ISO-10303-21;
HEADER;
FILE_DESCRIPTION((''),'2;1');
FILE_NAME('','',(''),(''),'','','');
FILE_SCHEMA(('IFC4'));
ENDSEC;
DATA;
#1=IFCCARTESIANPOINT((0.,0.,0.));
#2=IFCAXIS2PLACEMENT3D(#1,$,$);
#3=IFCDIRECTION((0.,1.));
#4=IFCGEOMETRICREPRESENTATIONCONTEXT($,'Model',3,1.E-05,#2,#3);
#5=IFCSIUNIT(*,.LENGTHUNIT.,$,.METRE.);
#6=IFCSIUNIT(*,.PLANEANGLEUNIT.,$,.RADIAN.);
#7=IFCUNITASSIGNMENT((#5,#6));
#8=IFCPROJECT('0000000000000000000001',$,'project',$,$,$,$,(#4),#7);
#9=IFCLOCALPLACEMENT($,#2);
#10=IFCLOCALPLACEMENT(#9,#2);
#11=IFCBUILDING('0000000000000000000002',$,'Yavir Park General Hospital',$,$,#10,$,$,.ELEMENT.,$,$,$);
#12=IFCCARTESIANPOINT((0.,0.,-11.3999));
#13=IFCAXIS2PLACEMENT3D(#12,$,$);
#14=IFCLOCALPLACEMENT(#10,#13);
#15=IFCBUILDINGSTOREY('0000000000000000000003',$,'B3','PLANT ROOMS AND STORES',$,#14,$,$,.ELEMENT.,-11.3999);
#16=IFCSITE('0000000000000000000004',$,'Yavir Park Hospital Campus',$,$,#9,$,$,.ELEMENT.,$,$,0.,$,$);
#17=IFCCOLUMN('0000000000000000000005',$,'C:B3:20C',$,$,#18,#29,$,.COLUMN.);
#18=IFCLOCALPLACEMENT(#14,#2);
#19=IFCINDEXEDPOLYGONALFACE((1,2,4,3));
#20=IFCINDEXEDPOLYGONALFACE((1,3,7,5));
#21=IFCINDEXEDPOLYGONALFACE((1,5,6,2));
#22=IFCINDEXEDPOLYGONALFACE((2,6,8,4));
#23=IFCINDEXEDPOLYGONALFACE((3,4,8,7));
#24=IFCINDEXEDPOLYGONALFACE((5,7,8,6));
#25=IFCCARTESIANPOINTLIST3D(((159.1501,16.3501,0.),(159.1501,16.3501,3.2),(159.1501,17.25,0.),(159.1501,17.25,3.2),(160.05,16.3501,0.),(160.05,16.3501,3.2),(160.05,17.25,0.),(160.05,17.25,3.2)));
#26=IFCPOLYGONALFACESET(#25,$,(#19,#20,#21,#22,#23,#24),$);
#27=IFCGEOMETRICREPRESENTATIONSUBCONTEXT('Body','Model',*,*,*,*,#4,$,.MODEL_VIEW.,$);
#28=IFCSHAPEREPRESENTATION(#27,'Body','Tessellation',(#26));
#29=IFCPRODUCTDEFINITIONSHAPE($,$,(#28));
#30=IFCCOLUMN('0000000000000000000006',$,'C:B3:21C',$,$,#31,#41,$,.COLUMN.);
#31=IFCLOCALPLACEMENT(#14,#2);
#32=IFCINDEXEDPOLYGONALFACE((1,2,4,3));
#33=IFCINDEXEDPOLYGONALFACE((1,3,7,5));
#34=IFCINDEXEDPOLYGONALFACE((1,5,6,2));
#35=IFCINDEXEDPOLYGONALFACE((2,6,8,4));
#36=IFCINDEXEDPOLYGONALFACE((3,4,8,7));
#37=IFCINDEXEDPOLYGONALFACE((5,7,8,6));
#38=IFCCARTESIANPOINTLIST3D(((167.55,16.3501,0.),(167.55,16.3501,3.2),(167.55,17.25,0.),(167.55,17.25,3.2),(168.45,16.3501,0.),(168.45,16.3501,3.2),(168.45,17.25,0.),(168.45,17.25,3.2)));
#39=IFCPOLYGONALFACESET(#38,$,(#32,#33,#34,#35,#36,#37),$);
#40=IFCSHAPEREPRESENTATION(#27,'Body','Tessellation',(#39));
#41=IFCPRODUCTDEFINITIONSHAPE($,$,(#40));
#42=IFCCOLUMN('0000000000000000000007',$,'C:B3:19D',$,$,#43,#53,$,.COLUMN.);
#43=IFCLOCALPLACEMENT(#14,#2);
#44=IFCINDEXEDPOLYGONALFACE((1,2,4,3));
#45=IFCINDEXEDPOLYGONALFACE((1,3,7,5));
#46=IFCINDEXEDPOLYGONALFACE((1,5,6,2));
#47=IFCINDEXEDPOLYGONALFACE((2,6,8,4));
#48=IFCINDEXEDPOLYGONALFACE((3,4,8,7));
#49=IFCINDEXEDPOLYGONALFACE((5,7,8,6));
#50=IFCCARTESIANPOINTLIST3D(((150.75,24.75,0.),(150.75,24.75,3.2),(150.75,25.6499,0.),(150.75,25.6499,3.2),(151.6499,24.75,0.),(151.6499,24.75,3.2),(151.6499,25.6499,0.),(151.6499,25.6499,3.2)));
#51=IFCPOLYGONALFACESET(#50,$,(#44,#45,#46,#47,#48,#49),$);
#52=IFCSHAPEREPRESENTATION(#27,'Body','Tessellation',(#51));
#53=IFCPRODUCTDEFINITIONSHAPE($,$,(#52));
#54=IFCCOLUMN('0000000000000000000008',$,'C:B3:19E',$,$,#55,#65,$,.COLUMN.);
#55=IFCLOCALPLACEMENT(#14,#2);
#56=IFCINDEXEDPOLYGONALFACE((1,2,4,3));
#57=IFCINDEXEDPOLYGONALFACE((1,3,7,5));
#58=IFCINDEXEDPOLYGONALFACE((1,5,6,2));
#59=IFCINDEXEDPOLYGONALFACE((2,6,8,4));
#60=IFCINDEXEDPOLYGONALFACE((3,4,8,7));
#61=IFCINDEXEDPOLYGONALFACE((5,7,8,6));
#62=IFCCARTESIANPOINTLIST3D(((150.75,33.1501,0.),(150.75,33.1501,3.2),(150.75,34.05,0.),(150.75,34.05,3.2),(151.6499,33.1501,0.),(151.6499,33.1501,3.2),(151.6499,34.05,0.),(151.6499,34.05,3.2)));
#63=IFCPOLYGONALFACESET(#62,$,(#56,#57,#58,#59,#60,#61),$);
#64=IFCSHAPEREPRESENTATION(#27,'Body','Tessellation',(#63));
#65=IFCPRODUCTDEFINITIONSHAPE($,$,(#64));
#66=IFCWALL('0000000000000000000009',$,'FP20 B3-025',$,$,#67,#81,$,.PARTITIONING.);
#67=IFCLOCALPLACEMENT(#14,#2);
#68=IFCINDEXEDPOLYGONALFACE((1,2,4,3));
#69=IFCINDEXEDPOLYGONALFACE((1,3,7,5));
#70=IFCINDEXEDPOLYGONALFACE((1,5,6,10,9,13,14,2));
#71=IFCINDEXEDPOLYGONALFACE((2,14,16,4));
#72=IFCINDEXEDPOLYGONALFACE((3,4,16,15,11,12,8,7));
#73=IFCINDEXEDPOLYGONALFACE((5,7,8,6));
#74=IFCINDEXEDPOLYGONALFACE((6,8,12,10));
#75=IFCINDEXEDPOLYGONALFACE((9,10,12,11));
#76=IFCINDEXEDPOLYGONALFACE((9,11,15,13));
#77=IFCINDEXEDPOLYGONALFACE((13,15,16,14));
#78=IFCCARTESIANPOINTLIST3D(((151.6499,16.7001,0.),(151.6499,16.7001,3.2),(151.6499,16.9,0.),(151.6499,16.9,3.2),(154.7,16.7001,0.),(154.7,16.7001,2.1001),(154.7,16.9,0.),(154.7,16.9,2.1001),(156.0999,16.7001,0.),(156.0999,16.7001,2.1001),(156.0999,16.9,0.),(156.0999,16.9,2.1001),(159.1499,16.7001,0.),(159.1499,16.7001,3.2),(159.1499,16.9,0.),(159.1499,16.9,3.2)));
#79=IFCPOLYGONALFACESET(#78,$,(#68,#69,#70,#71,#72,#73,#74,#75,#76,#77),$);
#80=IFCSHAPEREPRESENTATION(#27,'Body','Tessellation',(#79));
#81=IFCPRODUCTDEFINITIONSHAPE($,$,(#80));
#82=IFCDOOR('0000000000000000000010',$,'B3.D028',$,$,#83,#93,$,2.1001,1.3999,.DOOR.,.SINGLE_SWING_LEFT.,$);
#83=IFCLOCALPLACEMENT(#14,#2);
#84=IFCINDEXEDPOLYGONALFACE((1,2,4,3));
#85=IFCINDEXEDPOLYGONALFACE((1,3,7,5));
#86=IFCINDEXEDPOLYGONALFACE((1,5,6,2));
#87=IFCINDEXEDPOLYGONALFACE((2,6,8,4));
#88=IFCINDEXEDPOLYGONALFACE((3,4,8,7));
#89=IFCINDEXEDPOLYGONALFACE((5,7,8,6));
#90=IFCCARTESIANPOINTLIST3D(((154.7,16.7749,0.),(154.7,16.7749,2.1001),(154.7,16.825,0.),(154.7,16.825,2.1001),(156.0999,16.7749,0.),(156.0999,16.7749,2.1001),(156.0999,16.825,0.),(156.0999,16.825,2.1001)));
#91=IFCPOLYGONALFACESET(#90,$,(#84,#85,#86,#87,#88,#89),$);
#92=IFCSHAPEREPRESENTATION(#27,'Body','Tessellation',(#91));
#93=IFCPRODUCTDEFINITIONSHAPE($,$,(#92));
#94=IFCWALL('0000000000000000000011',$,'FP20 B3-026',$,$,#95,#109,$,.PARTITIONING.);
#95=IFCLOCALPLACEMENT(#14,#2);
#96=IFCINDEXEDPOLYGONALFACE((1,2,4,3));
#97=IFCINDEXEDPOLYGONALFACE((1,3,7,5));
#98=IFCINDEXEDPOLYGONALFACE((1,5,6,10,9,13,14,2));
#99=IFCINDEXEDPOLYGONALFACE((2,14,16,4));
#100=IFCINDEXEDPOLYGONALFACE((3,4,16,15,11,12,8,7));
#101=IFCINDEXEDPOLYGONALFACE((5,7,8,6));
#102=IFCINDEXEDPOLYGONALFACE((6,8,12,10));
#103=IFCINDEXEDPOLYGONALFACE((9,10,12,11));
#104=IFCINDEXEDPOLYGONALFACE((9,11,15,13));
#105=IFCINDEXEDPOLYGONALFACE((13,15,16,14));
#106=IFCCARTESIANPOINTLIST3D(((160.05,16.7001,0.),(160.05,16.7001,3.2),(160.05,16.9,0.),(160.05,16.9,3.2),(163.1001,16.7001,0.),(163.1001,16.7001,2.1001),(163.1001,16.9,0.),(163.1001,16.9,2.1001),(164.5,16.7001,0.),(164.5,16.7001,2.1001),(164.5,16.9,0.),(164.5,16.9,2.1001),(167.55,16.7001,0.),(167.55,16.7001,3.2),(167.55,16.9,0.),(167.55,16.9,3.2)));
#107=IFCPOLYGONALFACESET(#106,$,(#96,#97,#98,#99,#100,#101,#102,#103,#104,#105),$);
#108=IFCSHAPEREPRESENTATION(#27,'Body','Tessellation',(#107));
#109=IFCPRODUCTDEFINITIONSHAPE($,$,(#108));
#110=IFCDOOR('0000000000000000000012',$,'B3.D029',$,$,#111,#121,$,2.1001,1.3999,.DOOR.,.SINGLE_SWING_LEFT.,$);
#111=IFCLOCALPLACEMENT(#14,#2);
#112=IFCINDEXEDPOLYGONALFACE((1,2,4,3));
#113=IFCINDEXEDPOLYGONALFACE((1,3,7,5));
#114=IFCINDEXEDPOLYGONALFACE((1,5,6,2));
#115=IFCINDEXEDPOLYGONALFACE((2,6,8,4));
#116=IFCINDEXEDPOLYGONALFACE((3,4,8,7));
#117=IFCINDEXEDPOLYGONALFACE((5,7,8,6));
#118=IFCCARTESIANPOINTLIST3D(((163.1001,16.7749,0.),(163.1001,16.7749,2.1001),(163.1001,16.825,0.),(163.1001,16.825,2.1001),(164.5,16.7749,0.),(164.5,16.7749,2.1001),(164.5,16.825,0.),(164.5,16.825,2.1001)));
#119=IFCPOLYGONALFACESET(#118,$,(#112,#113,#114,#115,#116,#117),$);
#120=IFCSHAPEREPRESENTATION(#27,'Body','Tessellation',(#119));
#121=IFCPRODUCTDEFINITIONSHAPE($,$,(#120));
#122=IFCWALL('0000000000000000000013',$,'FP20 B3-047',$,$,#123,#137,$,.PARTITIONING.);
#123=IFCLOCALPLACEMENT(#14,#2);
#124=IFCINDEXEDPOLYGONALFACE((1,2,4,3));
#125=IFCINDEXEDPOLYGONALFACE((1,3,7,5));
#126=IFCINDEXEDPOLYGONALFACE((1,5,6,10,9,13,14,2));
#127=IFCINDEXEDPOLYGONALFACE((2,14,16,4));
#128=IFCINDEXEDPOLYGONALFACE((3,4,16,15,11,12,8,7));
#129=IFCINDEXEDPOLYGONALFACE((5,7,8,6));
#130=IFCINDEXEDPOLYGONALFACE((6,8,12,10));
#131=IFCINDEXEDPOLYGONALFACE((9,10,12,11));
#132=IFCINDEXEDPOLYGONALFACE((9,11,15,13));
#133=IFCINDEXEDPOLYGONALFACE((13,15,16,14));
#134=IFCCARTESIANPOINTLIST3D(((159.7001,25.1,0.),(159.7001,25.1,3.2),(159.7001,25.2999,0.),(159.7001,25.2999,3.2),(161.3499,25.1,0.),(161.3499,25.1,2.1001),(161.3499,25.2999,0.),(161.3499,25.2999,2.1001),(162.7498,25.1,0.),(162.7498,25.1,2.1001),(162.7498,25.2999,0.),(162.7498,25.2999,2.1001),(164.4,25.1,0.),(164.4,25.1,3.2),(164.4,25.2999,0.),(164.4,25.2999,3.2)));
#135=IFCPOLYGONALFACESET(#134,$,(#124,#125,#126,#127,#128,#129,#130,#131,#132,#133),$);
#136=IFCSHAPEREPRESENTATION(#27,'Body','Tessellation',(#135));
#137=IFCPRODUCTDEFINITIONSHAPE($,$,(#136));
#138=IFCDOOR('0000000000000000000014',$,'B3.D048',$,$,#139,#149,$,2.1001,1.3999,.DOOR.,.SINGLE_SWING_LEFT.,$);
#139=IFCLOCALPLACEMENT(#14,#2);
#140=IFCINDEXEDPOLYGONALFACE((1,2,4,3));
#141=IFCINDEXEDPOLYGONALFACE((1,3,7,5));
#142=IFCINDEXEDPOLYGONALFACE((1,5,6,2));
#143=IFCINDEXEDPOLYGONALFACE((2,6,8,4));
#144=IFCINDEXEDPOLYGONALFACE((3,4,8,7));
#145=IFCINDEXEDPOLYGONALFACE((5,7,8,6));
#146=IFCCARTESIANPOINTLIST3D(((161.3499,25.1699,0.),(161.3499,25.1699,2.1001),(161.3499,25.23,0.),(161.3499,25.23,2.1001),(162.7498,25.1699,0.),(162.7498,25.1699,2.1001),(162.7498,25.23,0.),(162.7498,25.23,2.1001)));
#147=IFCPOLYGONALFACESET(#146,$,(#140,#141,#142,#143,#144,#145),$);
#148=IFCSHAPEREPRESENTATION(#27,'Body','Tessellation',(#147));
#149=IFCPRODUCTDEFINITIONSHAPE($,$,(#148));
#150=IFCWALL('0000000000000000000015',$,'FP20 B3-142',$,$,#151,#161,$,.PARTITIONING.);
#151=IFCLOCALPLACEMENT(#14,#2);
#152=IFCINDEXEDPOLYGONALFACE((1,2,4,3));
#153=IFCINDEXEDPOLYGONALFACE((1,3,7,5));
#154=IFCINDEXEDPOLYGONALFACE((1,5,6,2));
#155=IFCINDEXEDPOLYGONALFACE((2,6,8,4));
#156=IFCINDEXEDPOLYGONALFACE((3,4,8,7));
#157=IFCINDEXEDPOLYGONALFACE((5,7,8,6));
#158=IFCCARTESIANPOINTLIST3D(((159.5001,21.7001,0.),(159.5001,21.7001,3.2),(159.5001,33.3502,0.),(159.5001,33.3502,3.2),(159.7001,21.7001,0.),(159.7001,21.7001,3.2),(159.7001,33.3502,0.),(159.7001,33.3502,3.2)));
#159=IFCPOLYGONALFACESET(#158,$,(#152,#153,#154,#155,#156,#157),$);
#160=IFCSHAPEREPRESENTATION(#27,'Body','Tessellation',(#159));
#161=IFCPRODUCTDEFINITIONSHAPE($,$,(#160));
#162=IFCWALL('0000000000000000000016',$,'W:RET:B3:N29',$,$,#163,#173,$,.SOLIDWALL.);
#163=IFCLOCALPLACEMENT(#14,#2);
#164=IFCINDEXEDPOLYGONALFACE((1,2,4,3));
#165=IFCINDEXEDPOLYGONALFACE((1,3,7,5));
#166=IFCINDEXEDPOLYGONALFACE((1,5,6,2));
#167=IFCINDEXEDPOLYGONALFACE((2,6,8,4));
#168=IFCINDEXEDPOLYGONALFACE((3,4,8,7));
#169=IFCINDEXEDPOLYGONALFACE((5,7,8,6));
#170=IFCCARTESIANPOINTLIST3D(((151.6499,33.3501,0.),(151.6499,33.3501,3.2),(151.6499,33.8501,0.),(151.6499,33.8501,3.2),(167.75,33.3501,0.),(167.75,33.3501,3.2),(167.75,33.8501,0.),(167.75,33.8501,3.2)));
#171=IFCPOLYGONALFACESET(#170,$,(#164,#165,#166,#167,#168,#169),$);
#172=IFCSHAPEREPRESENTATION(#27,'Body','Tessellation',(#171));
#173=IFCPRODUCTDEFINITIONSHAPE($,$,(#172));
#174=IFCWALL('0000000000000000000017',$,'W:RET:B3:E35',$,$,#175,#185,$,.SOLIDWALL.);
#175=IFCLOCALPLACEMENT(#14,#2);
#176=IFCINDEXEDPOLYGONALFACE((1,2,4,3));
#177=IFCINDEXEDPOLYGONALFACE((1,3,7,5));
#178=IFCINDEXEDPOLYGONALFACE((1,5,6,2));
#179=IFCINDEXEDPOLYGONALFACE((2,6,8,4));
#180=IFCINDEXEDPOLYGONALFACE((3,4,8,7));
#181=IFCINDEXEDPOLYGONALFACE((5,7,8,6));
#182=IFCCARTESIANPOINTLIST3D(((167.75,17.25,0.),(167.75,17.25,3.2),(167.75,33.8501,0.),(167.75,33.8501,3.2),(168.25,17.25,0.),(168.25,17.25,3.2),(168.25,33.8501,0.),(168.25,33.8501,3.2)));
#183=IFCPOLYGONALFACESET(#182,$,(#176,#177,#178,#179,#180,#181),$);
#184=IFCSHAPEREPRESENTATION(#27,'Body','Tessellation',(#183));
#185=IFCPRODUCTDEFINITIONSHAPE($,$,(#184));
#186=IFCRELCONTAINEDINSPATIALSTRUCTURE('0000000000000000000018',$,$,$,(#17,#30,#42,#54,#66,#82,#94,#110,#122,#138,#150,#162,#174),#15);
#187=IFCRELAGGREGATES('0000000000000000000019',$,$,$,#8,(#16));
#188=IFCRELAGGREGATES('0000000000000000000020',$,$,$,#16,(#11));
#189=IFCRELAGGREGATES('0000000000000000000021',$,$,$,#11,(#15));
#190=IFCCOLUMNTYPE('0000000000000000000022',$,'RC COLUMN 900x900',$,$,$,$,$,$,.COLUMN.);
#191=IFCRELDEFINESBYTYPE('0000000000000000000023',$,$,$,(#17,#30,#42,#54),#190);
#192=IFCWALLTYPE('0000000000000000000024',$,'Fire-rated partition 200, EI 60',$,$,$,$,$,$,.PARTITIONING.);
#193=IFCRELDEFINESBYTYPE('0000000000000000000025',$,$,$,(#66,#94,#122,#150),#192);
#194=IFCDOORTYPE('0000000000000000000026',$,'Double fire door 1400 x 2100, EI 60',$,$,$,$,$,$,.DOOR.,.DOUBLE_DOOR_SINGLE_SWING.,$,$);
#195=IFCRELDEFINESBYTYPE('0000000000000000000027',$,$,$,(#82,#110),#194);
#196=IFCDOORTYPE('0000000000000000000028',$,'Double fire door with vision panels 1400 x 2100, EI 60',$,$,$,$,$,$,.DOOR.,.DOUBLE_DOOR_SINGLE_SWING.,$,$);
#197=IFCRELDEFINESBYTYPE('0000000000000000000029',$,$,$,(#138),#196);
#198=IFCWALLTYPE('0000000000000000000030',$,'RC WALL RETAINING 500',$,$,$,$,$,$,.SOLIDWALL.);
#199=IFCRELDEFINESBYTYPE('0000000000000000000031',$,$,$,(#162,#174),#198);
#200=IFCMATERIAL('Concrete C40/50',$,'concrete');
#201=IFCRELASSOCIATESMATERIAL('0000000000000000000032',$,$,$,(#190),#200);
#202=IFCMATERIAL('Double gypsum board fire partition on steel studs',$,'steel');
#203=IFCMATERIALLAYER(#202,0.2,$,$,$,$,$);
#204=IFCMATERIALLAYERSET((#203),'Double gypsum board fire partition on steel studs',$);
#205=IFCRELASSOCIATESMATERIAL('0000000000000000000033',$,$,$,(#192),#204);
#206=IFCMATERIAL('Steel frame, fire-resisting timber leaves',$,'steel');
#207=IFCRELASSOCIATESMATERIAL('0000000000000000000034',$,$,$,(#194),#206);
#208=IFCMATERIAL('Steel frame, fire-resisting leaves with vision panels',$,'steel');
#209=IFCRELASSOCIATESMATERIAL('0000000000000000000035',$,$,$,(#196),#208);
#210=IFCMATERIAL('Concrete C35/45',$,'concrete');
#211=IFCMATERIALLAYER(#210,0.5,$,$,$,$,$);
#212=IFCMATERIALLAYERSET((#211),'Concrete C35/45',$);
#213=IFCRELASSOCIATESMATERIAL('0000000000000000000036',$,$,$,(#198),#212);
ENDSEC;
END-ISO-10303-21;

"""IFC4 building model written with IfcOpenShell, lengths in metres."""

from ifc_helpers import new_model, si_unit, direction, frame, frame_2d, origin, origin_2d, place, context, subcontext, project, spatial, rectangle, extrude, material, layer, layer_set, material_profile, profile_set, type_object, element, fill, save


model = new_model("IFC4")

# Units and contexts
model_context = context("Model", 3, precision=1e-05, world=origin(), true_north=direction((0.0, 1.0)))
body_context = subcontext(model_context, "Body", "Model", "MODEL_VIEW")
ifc_project = project(units=[si_unit("LENGTHUNIT", "METRE"), si_unit("PLANEANGLEUNIT", "RADIAN")], contexts=[model_context])

# Site, building, storey
site_placement = place(None, origin())
site = spatial("IfcSite", under=ifc_project, at=site_placement, Name="Yavir Park Hospital Campus", CompositionType="ELEMENT", RefElevation=0.0)
building_placement = place(site_placement, origin())
building = spatial("IfcBuilding", under=site, at=building_placement, Name="Yavir Park General Hospital", CompositionType="ELEMENT")
storey_placement = place(building_placement, frame((0.0, 0.0, -11.3999)))
storey = spatial("IfcBuildingStorey", under=building, at=storey_placement, Name="B3", Description="PLANT ROOMS AND STORES", CompositionType="ELEMENT", Elevation=-11.3999)

# Columns
ifc_material_1 = material(Name="Concrete C40/50", Category="concrete")
ifc_material_profile = material_profile(ifc_material_1, rectangle(XDim=0.8999, YDim=0.8999, at=origin_2d()), Name="RC900x900")
ifc_profile_set = profile_set([ifc_material_profile], Name="Concrete C40/50")
column_type = type_object("IfcColumnType", Name="RC COLUMN 900x900", PredefinedType="COLUMN", material=ifc_profile_set)
for number, where, z_axis, x_axis, name in (
    (1, (159.6001, 16.8, 0.0), (0.0, 0.0, 1.0), (1.0, 0.0, 0.0), "C:B3:20C"),
    (2, (168.0, 16.8, 0.0), (0.0, 0.0, 1.0), (1.0, 0.0, 0.0), "C:B3:21C"),
    (3, (151.2, 25.2, 0.0), (0.0, 0.0, 1.0), (1.0, 0.0, 0.0), "C:B3:19D"),
    (4, (151.2, 33.6001, 0.0), (0.0, 0.0, 1.0), (1.0, 0.0, 0.0), "C:B3:19E"),
):
    element("IfcColumn", number, at=place(storey_placement, frame(where, z_axis=z_axis, x_axis=x_axis)), inside=storey, type_object=column_type, Name=name, PredefinedType="COLUMN", context=body_context, shape_type="SweptSolid", body=[
        extrude(rectangle(XDim=0.8999, YDim=0.8999, at=origin_2d()), origin(), (0.0, 0.0, 1.0), 3.2),
    ])

# Walls, openings, doors
ifc_material_2 = material(Name="Double gypsum board fire partition on steel studs", Category="steel")
ifc_layer_1 = layer(ifc_material_2, 0.2)
ifc_layer_set_1 = layer_set([ifc_layer_1], Name="Double gypsum board fire partition on steel studs")
wall_type_1 = type_object("IfcWallType", Name="Fire-rated partition 200, EI 60", PredefinedType="PARTITIONING", material=ifc_layer_set_1)
wall_1_placement = place(storey_placement, frame((151.6499, 16.8, 0.0), z_axis=(0.0, 0.0, 1.0), x_axis=(1.0, 0.0, 0.0)))
wall_1 = element("IfcWall", 5, at=wall_1_placement, inside=storey, type_object=wall_type_1, Name="FP20 B3-025", PredefinedType="PARTITIONING", context=body_context, shape_type="SweptSolid", body=[
    extrude(rectangle(XDim=7.5, YDim=0.2, at=frame_2d((3.75, 0.0))), origin(), (0.0, 0.0, 1.0), 3.2),
])
opening_1_placement = place(wall_1_placement, frame((3.05, 0.0, 0.0)))
opening_1 = element("IfcOpeningElement", 6, at=opening_1_placement, cuts=wall_1, PredefinedType="OPENING", context=body_context, shape_type="SweptSolid", body=[
    extrude(rectangle(XDim=1.3999, YDim=2.1001, at=frame_2d((0.7, 1.05))), frame((0.0, 0.1099, 0.0), z_axis=(0.0, -1.0, 0.0), x_axis=(1.0, 0.0, 0.0)), (0.0, 0.0, 1.0), 0.22),
])
ifc_material_3 = material(Name="Steel frame, fire-resisting timber leaves", Category="steel")
door_type_1 = type_object("IfcDoorType", Name="Double fire door 1400 x 2100, EI 60", OperationType="DOUBLE_DOOR_SINGLE_SWING", PredefinedType="DOOR", material=ifc_material_3)
door_1_placement = place(opening_1_placement, origin())
door_1 = element("IfcDoor", 7, at=door_1_placement, inside=storey, type_object=door_type_1, Name="B3.D028", OperationType="SINGLE_SWING_LEFT", OverallHeight=2.1001, OverallWidth=1.3999, PredefinedType="DOOR", context=body_context, shape_type="SweptSolid", body=[
    extrude(rectangle(XDim=1.3999, YDim=2.1001, at=frame_2d((0.7, 1.05))), frame((0.0, 0.0249, 0.0), z_axis=(0.0, -1.0, 0.0), x_axis=(1.0, 0.0, 0.0)), (0.0, 0.0, 1.0), 0.05),
])
fill(opening_1, door_1)
wall_2_placement = place(storey_placement, frame((160.05, 16.8, 0.0), z_axis=(0.0, 0.0, 1.0), x_axis=(1.0, 0.0, 0.0)))
wall_2 = element("IfcWall", 8, at=wall_2_placement, inside=storey, type_object=wall_type_1, Name="FP20 B3-026", PredefinedType="PARTITIONING", context=body_context, shape_type="SweptSolid", body=[
    extrude(rectangle(XDim=7.5, YDim=0.2, at=frame_2d((3.75, 0.0))), origin(), (0.0, 0.0, 1.0), 3.2),
])
opening_2_placement = place(wall_2_placement, frame((3.05, 0.0, 0.0)))
opening_2 = element("IfcOpeningElement", 9, at=opening_2_placement, cuts=wall_2, PredefinedType="OPENING", context=body_context, shape_type="SweptSolid", body=[
    extrude(rectangle(XDim=1.3999, YDim=2.1001, at=frame_2d((0.7, 1.05))), frame((0.0, 0.1099, 0.0), z_axis=(0.0, -1.0, 0.0), x_axis=(1.0, 0.0, 0.0)), (0.0, 0.0, 1.0), 0.22),
])
door_2_placement = place(opening_2_placement, origin())
door_2 = element("IfcDoor", 10, at=door_2_placement, inside=storey, type_object=door_type_1, Name="B3.D029", OperationType="SINGLE_SWING_LEFT", OverallHeight=2.1001, OverallWidth=1.3999, PredefinedType="DOOR", context=body_context, shape_type="SweptSolid", body=[
    extrude(rectangle(XDim=1.3999, YDim=2.1001, at=frame_2d((0.7, 1.05))), frame((0.0, 0.0249, 0.0), z_axis=(0.0, -1.0, 0.0), x_axis=(1.0, 0.0, 0.0)), (0.0, 0.0, 1.0), 0.05),
])
fill(opening_2, door_2)
wall_3_placement = place(storey_placement, frame((159.7, 25.2, 0.0), z_axis=(0.0, 0.0, 1.0), x_axis=(1.0, 0.0, 0.0)))
wall_3 = element("IfcWall", 11, at=wall_3_placement, inside=storey, type_object=wall_type_1, Name="FP20 B3-047", PredefinedType="PARTITIONING", context=body_context, shape_type="SweptSolid", body=[
    extrude(rectangle(XDim=4.7, YDim=0.2, at=frame_2d((2.3501, 0.0))), origin(), (0.0, 0.0, 1.0), 3.2),
])
opening_3_placement = place(wall_3_placement, frame((1.6499, 0.0, 0.0)))
opening_3 = element("IfcOpeningElement", 12, at=opening_3_placement, cuts=wall_3, PredefinedType="OPENING", context=body_context, shape_type="SweptSolid", body=[
    extrude(rectangle(XDim=1.3999, YDim=2.1001, at=frame_2d((0.7, 1.05))), frame((0.0, 0.1099, 0.0), z_axis=(0.0, -1.0, 0.0), x_axis=(1.0, 0.0, 0.0)), (0.0, 0.0, 1.0), 0.22),
])
ifc_material_4 = material(Name="Steel frame, fire-resisting leaves with vision panels", Category="steel")
door_type_2 = type_object("IfcDoorType", Name="Double fire door with vision panels 1400 x 2100, EI 60", OperationType="DOUBLE_DOOR_SINGLE_SWING", PredefinedType="DOOR", material=ifc_material_4)
door_3_placement = place(opening_3_placement, origin())
door_3 = element("IfcDoor", 13, at=door_3_placement, inside=storey, type_object=door_type_2, Name="B3.D048", OperationType="SINGLE_SWING_LEFT", OverallHeight=2.1001, OverallWidth=1.3999, PredefinedType="DOOR", context=body_context, shape_type="SweptSolid", body=[
    extrude(rectangle(XDim=1.3999, YDim=2.1001, at=frame_2d((0.7, 1.05))), frame((0.0, 0.03, 0.0), z_axis=(0.0, -1.0, 0.0), x_axis=(1.0, 0.0, 0.0)), (0.0, 0.0, 1.0), 0.0601),
])
fill(opening_3, door_3)

# Walls
wall_4_placement = place(storey_placement, frame((159.6001, 21.7, 0.0), z_axis=(0.0, 0.0, 1.0), x_axis=(0.0, 1.0, 0.0)))
element("IfcWall", 14, at=wall_4_placement, inside=storey, type_object=wall_type_1, Name="FP20 B3-142", PredefinedType="PARTITIONING", context=body_context, shape_type="SweptSolid", body=[
    extrude(rectangle(XDim=11.6501, YDim=0.2, at=frame_2d((5.8252, 0.0))), origin(), (0.0, 0.0, 1.0), 3.2),
])
ifc_material_5 = material(Name="Concrete C35/45", Category="concrete")
ifc_layer_2 = layer(ifc_material_5, 0.5)
ifc_layer_set_2 = layer_set([ifc_layer_2], Name="Concrete C35/45")
wall_type_2 = type_object("IfcWallType", Name="RC WALL RETAINING 500", PredefinedType="SOLIDWALL", material=ifc_layer_set_2)
wall_5_placement = place(storey_placement, frame((151.6499, 33.6001, 0.0), z_axis=(0.0, 0.0, 1.0), x_axis=(1.0, 0.0, 0.0)))
element("IfcWall", 15, at=wall_5_placement, inside=storey, type_object=wall_type_2, Name="W:RET:B3:N29", PredefinedType="SOLIDWALL", context=body_context, shape_type="SweptSolid", body=[
    extrude(rectangle(XDim=16.1001, YDim=0.5, at=frame_2d((8.05, 0.0))), origin(), (0.0, 0.0, 1.0), 3.2),
])
wall_6_placement = place(storey_placement, frame((168.0, 17.25, 0.0), z_axis=(0.0, 0.0, 1.0), x_axis=(0.0, 1.0, 0.0)))
element("IfcWall", 16, at=wall_6_placement, inside=storey, type_object=wall_type_2, Name="W:RET:B3:E35", PredefinedType="SOLIDWALL", context=body_context, shape_type="SweptSolid", body=[
    extrude(rectangle(XDim=16.6001, YDim=0.5, at=frame_2d((8.3, 0.0))), origin(), (0.0, 0.0, 1.0), 3.2),
])

save(model, "model.ifc")
